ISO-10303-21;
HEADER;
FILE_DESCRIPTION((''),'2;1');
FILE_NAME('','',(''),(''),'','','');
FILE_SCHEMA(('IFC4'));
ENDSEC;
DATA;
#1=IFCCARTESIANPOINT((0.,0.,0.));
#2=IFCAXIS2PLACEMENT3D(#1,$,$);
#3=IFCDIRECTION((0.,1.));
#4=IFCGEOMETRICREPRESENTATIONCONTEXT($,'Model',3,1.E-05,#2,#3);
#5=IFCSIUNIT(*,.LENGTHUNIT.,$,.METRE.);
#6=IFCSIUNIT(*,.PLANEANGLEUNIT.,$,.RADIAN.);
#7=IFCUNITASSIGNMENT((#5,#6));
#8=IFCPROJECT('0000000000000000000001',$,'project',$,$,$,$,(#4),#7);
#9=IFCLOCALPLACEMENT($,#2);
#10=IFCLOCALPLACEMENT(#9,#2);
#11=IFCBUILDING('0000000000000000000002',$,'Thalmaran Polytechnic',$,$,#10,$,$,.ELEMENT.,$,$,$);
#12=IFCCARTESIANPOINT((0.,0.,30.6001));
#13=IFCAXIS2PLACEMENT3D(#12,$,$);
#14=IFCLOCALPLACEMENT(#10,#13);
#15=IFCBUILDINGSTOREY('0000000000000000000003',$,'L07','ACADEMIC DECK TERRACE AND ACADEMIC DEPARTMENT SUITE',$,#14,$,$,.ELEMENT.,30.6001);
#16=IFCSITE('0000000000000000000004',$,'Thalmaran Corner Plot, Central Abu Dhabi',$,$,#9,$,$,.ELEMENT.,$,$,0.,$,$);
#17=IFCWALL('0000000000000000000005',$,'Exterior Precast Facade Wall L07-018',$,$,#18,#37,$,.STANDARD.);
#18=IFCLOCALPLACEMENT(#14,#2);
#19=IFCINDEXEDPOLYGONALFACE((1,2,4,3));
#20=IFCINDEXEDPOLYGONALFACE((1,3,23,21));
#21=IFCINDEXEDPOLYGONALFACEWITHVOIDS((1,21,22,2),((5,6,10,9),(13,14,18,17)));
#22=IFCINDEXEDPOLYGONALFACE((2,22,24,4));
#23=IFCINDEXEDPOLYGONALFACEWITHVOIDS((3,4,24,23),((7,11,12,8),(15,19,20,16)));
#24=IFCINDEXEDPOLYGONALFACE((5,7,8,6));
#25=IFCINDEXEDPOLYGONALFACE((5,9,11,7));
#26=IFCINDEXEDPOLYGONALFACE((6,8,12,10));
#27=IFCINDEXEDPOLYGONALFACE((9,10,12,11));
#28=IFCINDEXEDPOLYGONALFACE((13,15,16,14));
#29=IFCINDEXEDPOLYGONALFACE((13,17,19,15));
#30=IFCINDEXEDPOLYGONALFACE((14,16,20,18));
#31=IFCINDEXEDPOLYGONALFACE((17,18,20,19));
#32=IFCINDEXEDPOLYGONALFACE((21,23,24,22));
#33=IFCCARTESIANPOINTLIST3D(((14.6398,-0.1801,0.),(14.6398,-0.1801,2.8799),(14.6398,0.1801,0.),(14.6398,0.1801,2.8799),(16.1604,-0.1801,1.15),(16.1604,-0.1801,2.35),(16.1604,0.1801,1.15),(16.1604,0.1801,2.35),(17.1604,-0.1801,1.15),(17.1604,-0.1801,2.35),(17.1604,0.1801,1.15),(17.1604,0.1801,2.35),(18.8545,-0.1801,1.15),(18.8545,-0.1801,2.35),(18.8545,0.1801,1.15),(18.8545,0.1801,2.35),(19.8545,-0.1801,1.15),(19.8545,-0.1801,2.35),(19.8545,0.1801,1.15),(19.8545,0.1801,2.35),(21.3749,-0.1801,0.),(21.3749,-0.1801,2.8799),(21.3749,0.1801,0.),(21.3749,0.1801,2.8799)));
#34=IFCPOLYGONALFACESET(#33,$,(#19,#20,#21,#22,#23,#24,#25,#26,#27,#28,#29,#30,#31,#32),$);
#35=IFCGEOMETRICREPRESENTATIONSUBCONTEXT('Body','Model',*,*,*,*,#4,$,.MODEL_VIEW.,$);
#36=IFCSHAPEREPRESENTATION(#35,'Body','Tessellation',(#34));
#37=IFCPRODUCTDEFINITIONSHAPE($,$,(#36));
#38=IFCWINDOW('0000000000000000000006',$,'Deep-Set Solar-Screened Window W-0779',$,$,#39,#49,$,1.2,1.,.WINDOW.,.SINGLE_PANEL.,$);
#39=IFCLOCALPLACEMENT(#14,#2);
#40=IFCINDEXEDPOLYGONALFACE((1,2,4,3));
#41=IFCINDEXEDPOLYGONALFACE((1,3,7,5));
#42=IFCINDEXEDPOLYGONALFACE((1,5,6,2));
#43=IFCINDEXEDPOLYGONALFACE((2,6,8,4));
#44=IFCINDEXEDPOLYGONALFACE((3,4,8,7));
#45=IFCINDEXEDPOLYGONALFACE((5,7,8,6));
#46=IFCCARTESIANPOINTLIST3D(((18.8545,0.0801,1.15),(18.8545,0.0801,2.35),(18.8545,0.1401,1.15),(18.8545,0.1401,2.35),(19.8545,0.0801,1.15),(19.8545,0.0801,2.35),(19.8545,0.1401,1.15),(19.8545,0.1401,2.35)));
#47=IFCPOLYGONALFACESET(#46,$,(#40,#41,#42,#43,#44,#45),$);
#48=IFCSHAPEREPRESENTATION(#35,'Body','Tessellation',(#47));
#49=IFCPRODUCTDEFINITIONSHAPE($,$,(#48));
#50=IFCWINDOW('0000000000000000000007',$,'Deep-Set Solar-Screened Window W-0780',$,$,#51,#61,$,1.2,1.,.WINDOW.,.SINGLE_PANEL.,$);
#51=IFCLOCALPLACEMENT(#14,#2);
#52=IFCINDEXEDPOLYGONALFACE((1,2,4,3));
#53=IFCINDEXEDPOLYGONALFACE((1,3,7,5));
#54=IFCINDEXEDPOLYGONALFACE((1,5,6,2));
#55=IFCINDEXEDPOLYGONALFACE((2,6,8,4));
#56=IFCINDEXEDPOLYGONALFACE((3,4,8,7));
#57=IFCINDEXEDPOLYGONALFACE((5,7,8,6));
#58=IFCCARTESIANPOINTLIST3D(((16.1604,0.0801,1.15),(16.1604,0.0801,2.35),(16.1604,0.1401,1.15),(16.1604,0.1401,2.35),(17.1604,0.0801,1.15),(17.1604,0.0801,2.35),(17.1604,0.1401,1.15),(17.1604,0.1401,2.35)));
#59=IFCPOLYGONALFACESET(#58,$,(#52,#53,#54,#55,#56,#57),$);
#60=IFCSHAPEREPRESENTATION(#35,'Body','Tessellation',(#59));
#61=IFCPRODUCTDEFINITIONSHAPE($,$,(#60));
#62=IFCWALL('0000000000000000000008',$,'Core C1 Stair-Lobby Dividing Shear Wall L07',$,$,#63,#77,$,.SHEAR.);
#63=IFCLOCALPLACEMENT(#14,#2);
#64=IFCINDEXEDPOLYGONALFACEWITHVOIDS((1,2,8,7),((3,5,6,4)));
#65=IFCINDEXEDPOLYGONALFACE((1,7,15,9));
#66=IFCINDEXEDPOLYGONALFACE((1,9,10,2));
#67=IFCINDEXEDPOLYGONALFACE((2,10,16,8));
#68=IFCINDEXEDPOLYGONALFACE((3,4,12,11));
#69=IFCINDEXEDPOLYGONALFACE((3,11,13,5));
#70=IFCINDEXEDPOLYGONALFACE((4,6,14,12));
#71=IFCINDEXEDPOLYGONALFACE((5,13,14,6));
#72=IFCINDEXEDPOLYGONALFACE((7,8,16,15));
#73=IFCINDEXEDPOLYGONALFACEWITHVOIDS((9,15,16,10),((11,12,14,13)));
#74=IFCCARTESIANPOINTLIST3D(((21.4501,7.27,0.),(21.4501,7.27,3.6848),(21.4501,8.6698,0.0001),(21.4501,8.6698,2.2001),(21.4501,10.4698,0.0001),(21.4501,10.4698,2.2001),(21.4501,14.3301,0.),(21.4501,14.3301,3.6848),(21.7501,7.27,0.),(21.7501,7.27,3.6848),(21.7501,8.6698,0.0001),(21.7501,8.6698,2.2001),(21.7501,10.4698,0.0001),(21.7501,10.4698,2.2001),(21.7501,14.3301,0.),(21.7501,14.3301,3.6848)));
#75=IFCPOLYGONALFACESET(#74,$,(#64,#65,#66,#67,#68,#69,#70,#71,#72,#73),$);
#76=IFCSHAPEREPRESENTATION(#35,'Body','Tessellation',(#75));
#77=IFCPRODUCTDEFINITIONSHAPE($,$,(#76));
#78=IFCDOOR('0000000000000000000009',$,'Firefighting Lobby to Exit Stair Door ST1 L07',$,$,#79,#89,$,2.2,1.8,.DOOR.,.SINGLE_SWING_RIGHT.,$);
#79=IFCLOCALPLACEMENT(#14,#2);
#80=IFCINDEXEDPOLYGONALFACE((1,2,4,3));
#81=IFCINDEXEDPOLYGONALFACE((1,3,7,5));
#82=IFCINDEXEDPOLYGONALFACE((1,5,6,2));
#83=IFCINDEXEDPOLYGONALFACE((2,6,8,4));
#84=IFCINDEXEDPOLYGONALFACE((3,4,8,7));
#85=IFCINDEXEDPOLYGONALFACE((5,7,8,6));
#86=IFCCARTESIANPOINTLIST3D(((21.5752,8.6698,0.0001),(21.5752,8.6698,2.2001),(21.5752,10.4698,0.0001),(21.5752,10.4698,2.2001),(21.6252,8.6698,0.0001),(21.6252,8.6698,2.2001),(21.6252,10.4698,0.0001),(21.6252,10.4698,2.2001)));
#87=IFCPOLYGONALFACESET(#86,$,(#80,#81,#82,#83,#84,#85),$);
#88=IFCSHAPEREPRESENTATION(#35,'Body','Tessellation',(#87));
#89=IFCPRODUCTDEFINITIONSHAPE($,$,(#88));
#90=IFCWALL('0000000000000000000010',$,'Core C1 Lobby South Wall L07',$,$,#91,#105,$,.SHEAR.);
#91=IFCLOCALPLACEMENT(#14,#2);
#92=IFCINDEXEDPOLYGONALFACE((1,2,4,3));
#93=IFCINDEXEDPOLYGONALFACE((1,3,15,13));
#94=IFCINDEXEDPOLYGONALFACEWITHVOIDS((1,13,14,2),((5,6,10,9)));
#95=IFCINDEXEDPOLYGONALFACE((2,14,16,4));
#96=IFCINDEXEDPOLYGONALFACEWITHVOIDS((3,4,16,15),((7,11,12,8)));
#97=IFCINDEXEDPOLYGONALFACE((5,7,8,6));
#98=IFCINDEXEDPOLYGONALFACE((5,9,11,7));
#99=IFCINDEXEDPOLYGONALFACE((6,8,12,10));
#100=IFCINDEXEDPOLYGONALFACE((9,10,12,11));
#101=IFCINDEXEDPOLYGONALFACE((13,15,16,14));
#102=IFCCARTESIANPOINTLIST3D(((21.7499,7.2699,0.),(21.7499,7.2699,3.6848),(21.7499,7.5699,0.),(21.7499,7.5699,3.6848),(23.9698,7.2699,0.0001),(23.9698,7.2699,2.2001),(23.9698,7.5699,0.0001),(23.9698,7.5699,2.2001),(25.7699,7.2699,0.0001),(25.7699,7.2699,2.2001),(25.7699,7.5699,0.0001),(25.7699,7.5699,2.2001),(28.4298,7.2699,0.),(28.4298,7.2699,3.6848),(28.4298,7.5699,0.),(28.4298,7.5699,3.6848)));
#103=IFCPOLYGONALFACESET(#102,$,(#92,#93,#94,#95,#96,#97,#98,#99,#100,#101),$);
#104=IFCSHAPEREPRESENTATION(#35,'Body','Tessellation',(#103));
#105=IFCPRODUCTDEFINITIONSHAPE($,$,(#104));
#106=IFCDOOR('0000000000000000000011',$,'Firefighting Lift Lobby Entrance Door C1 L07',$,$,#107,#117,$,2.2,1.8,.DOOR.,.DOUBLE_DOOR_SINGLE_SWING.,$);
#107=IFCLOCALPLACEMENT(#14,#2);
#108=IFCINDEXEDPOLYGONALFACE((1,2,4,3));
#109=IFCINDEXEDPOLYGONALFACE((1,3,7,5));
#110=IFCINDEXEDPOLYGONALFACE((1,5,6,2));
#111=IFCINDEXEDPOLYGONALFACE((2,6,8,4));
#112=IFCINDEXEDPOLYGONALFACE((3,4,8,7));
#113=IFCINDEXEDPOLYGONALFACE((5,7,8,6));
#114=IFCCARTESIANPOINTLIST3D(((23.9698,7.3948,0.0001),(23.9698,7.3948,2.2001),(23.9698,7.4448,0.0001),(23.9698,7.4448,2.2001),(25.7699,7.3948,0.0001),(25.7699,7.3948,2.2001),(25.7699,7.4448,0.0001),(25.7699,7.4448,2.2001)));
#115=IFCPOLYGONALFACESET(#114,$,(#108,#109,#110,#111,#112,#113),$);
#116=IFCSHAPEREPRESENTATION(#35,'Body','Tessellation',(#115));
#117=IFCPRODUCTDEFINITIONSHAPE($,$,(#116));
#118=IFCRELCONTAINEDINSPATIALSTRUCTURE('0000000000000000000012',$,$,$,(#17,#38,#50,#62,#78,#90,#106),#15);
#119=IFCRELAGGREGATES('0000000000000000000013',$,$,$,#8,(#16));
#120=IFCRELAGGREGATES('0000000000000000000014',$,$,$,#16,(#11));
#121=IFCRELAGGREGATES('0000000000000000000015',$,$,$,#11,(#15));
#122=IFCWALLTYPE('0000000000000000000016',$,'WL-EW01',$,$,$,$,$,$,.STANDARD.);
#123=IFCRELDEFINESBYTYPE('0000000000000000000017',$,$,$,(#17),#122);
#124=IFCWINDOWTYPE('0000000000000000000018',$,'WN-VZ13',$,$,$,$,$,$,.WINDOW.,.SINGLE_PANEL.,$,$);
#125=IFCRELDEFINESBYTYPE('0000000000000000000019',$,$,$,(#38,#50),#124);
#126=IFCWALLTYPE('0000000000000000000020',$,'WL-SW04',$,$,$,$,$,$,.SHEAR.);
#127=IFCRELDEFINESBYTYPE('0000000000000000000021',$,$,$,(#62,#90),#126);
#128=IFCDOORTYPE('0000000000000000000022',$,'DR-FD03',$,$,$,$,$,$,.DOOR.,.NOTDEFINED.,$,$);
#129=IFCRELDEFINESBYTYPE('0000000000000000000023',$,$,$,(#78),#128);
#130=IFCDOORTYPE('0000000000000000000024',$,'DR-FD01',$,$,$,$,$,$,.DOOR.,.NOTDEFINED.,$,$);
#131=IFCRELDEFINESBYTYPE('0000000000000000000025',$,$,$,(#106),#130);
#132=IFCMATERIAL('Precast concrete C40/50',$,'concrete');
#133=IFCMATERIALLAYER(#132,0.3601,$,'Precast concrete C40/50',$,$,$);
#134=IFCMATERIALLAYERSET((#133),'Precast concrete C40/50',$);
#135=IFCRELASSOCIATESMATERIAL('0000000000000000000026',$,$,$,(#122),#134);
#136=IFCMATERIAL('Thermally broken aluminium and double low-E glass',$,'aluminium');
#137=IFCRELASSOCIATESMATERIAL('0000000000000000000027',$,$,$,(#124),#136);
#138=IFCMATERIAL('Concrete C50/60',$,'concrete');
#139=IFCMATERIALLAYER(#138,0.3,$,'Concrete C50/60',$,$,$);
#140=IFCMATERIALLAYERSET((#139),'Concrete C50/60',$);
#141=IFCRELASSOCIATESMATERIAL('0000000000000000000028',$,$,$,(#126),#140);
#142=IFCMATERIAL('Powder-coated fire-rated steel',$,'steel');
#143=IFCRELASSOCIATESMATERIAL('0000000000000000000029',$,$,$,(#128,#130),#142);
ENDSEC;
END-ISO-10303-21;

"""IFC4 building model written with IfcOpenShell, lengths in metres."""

from ifc_helpers import new_model, si_unit, direction, frame, frame_2d, origin, place, context, subcontext, project, spatial, rectangle, extrude, material, layer, layer_set, type_object, element, fill, save


model = new_model("IFC4")

# Units and contexts
model_context = context("Model", 3, precision=1e-05, world=origin(), true_north=direction((0.0, 1.0)))
body_context = subcontext(model_context, "Body", "Model", "MODEL_VIEW")
ifc_project = project(units=[si_unit("LENGTHUNIT", "METRE"), si_unit("PLANEANGLEUNIT", "RADIAN")], contexts=[model_context])

# Site, building, storey
site_placement = place(None, origin())
site = spatial("IfcSite", under=ifc_project, at=site_placement, Name="Thalmaran Corner Plot, Central Abu Dhabi", CompositionType="ELEMENT", RefElevation=0.0)
building_placement = place(site_placement, origin())
building = spatial("IfcBuilding", under=site, at=building_placement, Name="Thalmaran Polytechnic", CompositionType="ELEMENT")
storey_placement = place(building_placement, frame((0.0, 0.0, 30.6001)))
storey = spatial("IfcBuildingStorey", under=building, at=storey_placement, Name="L07", Description="ACADEMIC DECK TERRACE AND ACADEMIC DEPARTMENT SUITE", CompositionType="ELEMENT", Elevation=30.6001)

# Wall, openings, windows
ifc_material_1 = material(Name="Precast concrete C40/50", Category="concrete")
ifc_layer_1 = layer(ifc_material_1, 0.3601, Name="Precast concrete C40/50")
ifc_layer_set_1 = layer_set([ifc_layer_1], Name="Precast concrete C40/50")
wall_type_1 = type_object("IfcWallType", Name="WL-EW01", PredefinedType="STANDARD", material=ifc_layer_set_1)
wall_1_placement = place(storey_placement, frame((21.375, 0.0, 0.0), z_axis=(0.0, 0.0, 1.0), x_axis=(-1.0, 0.0, 0.0)))
wall_1 = element("IfcWall", 1, at=wall_1_placement, inside=storey, type_object=wall_type_1, Name="Exterior Precast Facade Wall L07-018", PredefinedType="STANDARD", context=body_context, shape_type="SweptSolid", body=[
    extrude(rectangle(XDim=6.7351, YDim=0.3601, at=frame_2d((3.3677, 0.0))), origin(), (0.0, 0.0, 1.0), 2.8799),
])
opening_1_placement = place(wall_1_placement, frame((1.5205, 0.0, 1.1499)))
opening_1 = element("IfcOpeningElement", 2, at=opening_1_placement, cuts=wall_1, PredefinedType="OPENING", context=body_context, shape_type="SweptSolid", body=[
    extrude(rectangle(XDim=1.0, YDim=1.2, at=frame_2d((0.5, 0.6001))), frame((0.0, 0.1899, 0.0), z_axis=(0.0, -1.0, 0.0), x_axis=(1.0, 0.0, 0.0)), (0.0, 0.0, 1.0), 0.3801),
])
opening_2_placement = place(wall_1_placement, frame((4.2146, 0.0, 1.1499)))
opening_2 = element("IfcOpeningElement", 3, at=opening_2_placement, cuts=wall_1, PredefinedType="OPENING", context=body_context, shape_type="SweptSolid", body=[
    extrude(rectangle(XDim=1.0, YDim=1.2, at=frame_2d((0.5, 0.6001))), frame((0.0, 0.1899, 0.0), z_axis=(0.0, -1.0, 0.0), x_axis=(1.0, 0.0, 0.0)), (0.0, 0.0, 1.0), 0.3801),
])
ifc_material_2 = material(Name="Thermally broken aluminium and double low-E glass", Category="aluminium")
window_type = type_object("IfcWindowType", Name="WN-VZ13", PartitioningType="SINGLE_PANEL", PredefinedType="WINDOW", material=ifc_material_2)
window_1_placement = place(opening_1_placement, origin())
window_1 = element("IfcWindow", 4, at=window_1_placement, inside=storey, type_object=window_type, Name="Deep-Set Solar-Screened Window W-0779", OverallHeight=1.2, OverallWidth=1.0, PartitioningType="SINGLE_PANEL", PredefinedType="WINDOW", context=body_context, shape_type="SweptSolid", body=[
    extrude(rectangle(XDim=1.0, YDim=1.2, at=frame_2d((0.5, 0.6001))), frame((0.0, -0.0801, 0.0), z_axis=(0.0, -1.0, 0.0), x_axis=(1.0, 0.0, 0.0)), (0.0, 0.0, 1.0), 0.0601),
])
fill(opening_1, window_1)
window_2_placement = place(opening_2_placement, origin())
window_2 = element("IfcWindow", 5, at=window_2_placement, inside=storey, type_object=window_type, Name="Deep-Set Solar-Screened Window W-0780", OverallHeight=1.2, OverallWidth=1.0, PartitioningType="SINGLE_PANEL", PredefinedType="WINDOW", context=body_context, shape_type="SweptSolid", body=[
    extrude(rectangle(XDim=1.0, YDim=1.2, at=frame_2d((0.5, 0.6001))), frame((0.0, -0.0801, 0.0), z_axis=(0.0, -1.0, 0.0), x_axis=(1.0, 0.0, 0.0)), (0.0, 0.0, 1.0), 0.0601),
])
fill(opening_2, window_2)

# Walls, openings, doors
ifc_material_3 = material(Name="Concrete C50/60", Category="concrete")
ifc_layer_2 = layer(ifc_material_3, 0.3, Name="Concrete C50/60")
ifc_layer_set_2 = layer_set([ifc_layer_2], Name="Concrete C50/60")
wall_type_2 = type_object("IfcWallType", Name="WL-SW04", PredefinedType="SHEAR", material=ifc_layer_set_2)
wall_2_placement = place(storey_placement, frame((21.6001, 7.27, 0.0), z_axis=(0.0, 0.0, 1.0), x_axis=(0.0, 1.0, 0.0)))
wall_2 = element("IfcWall", 6, at=wall_2_placement, inside=storey, type_object=wall_type_2, Name="Core C1 Stair-Lobby Dividing Shear Wall L07", PredefinedType="SHEAR", context=body_context, shape_type="SweptSolid", body=[
    extrude(rectangle(XDim=7.0601, YDim=0.3, at=frame_2d((3.53, 0.0))), origin(), (0.0, 0.0, 1.0), 3.6848),
])
opening_3_placement = place(wall_2_placement, frame((1.3999, 0.0, 0.0)))
opening_3 = element("IfcOpeningElement", 7, at=opening_3_placement, cuts=wall_2, PredefinedType="OPENING", context=body_context, shape_type="SweptSolid", body=[
    extrude(rectangle(XDim=1.8, YDim=2.2, at=frame_2d((0.8999, 1.1001))), frame((0.0, 0.1599, 0.0), z_axis=(0.0, -1.0, 0.0), x_axis=(1.0, 0.0, 0.0)), (0.0, 0.0, 1.0), 0.3201),
])
ifc_material_4 = material(Name="Powder-coated fire-rated steel", Category="steel")
door_type_1 = type_object("IfcDoorType", Name="DR-FD03", OperationType="NOTDEFINED", PredefinedType="DOOR", material=ifc_material_4)
door_1_placement = place(opening_3_placement, origin())
door_1 = element("IfcDoor", 8, at=door_1_placement, inside=storey, type_object=door_type_1, Name="Firefighting Lobby to Exit Stair Door ST1 L07", OperationType="SINGLE_SWING_RIGHT", OverallHeight=2.2, OverallWidth=1.8, PredefinedType="DOOR", context=body_context, shape_type="SweptSolid", body=[
    extrude(rectangle(XDim=1.8, YDim=2.2, at=frame_2d((0.8999, 1.1001))), frame((0.0, 0.0249, 0.0), z_axis=(0.0, -1.0, 0.0), x_axis=(1.0, 0.0, 0.0)), (0.0, 0.0, 1.0), 0.05),
])
fill(opening_3, door_1)
wall_3_placement = place(storey_placement, frame((21.75, 7.4199, 0.0), z_axis=(0.0, 0.0, 1.0), x_axis=(1.0, 0.0, 0.0)))
wall_3 = element("IfcWall", 9, at=wall_3_placement, inside=storey, type_object=wall_type_2, Name="Core C1 Lobby South Wall L07", PredefinedType="SHEAR", context=body_context, shape_type="SweptSolid", body=[
    extrude(rectangle(XDim=6.6799, YDim=0.3, at=frame_2d((3.3398, 0.0))), origin(), (0.0, 0.0, 1.0), 3.6848),
])
opening_4_placement = place(wall_3_placement, frame((2.22, 0.0, 0.0)))
opening_4 = element("IfcOpeningElement", 10, at=opening_4_placement, cuts=wall_3, PredefinedType="OPENING", context=body_context, shape_type="SweptSolid", body=[
    extrude(rectangle(XDim=1.8, YDim=2.2, at=frame_2d((0.8999, 1.1001))), frame((0.0, 0.1599, 0.0), z_axis=(0.0, -1.0, 0.0), x_axis=(1.0, 0.0, 0.0)), (0.0, 0.0, 1.0), 0.3201),
])
door_type_2 = type_object("IfcDoorType", Name="DR-FD01", OperationType="NOTDEFINED", PredefinedType="DOOR", material=ifc_material_4)
door_2_placement = place(opening_4_placement, origin())
door_2 = element("IfcDoor", 11, at=door_2_placement, inside=storey, type_object=door_type_2, Name="Firefighting Lift Lobby Entrance Door C1 L07", OperationType="DOUBLE_DOOR_SINGLE_SWING", OverallHeight=2.2, OverallWidth=1.8, PredefinedType="DOOR", context=body_context, shape_type="SweptSolid", body=[
    extrude(rectangle(XDim=1.8, YDim=2.2, at=frame_2d((0.8999, 1.1001))), frame((0.0, 0.0249, 0.0), z_axis=(0.0, -1.0, 0.0), x_axis=(1.0, 0.0, 0.0)), (0.0, 0.0, 1.0), 0.05),
])
fill(opening_4, door_2)

save(model, "model.ifc")
